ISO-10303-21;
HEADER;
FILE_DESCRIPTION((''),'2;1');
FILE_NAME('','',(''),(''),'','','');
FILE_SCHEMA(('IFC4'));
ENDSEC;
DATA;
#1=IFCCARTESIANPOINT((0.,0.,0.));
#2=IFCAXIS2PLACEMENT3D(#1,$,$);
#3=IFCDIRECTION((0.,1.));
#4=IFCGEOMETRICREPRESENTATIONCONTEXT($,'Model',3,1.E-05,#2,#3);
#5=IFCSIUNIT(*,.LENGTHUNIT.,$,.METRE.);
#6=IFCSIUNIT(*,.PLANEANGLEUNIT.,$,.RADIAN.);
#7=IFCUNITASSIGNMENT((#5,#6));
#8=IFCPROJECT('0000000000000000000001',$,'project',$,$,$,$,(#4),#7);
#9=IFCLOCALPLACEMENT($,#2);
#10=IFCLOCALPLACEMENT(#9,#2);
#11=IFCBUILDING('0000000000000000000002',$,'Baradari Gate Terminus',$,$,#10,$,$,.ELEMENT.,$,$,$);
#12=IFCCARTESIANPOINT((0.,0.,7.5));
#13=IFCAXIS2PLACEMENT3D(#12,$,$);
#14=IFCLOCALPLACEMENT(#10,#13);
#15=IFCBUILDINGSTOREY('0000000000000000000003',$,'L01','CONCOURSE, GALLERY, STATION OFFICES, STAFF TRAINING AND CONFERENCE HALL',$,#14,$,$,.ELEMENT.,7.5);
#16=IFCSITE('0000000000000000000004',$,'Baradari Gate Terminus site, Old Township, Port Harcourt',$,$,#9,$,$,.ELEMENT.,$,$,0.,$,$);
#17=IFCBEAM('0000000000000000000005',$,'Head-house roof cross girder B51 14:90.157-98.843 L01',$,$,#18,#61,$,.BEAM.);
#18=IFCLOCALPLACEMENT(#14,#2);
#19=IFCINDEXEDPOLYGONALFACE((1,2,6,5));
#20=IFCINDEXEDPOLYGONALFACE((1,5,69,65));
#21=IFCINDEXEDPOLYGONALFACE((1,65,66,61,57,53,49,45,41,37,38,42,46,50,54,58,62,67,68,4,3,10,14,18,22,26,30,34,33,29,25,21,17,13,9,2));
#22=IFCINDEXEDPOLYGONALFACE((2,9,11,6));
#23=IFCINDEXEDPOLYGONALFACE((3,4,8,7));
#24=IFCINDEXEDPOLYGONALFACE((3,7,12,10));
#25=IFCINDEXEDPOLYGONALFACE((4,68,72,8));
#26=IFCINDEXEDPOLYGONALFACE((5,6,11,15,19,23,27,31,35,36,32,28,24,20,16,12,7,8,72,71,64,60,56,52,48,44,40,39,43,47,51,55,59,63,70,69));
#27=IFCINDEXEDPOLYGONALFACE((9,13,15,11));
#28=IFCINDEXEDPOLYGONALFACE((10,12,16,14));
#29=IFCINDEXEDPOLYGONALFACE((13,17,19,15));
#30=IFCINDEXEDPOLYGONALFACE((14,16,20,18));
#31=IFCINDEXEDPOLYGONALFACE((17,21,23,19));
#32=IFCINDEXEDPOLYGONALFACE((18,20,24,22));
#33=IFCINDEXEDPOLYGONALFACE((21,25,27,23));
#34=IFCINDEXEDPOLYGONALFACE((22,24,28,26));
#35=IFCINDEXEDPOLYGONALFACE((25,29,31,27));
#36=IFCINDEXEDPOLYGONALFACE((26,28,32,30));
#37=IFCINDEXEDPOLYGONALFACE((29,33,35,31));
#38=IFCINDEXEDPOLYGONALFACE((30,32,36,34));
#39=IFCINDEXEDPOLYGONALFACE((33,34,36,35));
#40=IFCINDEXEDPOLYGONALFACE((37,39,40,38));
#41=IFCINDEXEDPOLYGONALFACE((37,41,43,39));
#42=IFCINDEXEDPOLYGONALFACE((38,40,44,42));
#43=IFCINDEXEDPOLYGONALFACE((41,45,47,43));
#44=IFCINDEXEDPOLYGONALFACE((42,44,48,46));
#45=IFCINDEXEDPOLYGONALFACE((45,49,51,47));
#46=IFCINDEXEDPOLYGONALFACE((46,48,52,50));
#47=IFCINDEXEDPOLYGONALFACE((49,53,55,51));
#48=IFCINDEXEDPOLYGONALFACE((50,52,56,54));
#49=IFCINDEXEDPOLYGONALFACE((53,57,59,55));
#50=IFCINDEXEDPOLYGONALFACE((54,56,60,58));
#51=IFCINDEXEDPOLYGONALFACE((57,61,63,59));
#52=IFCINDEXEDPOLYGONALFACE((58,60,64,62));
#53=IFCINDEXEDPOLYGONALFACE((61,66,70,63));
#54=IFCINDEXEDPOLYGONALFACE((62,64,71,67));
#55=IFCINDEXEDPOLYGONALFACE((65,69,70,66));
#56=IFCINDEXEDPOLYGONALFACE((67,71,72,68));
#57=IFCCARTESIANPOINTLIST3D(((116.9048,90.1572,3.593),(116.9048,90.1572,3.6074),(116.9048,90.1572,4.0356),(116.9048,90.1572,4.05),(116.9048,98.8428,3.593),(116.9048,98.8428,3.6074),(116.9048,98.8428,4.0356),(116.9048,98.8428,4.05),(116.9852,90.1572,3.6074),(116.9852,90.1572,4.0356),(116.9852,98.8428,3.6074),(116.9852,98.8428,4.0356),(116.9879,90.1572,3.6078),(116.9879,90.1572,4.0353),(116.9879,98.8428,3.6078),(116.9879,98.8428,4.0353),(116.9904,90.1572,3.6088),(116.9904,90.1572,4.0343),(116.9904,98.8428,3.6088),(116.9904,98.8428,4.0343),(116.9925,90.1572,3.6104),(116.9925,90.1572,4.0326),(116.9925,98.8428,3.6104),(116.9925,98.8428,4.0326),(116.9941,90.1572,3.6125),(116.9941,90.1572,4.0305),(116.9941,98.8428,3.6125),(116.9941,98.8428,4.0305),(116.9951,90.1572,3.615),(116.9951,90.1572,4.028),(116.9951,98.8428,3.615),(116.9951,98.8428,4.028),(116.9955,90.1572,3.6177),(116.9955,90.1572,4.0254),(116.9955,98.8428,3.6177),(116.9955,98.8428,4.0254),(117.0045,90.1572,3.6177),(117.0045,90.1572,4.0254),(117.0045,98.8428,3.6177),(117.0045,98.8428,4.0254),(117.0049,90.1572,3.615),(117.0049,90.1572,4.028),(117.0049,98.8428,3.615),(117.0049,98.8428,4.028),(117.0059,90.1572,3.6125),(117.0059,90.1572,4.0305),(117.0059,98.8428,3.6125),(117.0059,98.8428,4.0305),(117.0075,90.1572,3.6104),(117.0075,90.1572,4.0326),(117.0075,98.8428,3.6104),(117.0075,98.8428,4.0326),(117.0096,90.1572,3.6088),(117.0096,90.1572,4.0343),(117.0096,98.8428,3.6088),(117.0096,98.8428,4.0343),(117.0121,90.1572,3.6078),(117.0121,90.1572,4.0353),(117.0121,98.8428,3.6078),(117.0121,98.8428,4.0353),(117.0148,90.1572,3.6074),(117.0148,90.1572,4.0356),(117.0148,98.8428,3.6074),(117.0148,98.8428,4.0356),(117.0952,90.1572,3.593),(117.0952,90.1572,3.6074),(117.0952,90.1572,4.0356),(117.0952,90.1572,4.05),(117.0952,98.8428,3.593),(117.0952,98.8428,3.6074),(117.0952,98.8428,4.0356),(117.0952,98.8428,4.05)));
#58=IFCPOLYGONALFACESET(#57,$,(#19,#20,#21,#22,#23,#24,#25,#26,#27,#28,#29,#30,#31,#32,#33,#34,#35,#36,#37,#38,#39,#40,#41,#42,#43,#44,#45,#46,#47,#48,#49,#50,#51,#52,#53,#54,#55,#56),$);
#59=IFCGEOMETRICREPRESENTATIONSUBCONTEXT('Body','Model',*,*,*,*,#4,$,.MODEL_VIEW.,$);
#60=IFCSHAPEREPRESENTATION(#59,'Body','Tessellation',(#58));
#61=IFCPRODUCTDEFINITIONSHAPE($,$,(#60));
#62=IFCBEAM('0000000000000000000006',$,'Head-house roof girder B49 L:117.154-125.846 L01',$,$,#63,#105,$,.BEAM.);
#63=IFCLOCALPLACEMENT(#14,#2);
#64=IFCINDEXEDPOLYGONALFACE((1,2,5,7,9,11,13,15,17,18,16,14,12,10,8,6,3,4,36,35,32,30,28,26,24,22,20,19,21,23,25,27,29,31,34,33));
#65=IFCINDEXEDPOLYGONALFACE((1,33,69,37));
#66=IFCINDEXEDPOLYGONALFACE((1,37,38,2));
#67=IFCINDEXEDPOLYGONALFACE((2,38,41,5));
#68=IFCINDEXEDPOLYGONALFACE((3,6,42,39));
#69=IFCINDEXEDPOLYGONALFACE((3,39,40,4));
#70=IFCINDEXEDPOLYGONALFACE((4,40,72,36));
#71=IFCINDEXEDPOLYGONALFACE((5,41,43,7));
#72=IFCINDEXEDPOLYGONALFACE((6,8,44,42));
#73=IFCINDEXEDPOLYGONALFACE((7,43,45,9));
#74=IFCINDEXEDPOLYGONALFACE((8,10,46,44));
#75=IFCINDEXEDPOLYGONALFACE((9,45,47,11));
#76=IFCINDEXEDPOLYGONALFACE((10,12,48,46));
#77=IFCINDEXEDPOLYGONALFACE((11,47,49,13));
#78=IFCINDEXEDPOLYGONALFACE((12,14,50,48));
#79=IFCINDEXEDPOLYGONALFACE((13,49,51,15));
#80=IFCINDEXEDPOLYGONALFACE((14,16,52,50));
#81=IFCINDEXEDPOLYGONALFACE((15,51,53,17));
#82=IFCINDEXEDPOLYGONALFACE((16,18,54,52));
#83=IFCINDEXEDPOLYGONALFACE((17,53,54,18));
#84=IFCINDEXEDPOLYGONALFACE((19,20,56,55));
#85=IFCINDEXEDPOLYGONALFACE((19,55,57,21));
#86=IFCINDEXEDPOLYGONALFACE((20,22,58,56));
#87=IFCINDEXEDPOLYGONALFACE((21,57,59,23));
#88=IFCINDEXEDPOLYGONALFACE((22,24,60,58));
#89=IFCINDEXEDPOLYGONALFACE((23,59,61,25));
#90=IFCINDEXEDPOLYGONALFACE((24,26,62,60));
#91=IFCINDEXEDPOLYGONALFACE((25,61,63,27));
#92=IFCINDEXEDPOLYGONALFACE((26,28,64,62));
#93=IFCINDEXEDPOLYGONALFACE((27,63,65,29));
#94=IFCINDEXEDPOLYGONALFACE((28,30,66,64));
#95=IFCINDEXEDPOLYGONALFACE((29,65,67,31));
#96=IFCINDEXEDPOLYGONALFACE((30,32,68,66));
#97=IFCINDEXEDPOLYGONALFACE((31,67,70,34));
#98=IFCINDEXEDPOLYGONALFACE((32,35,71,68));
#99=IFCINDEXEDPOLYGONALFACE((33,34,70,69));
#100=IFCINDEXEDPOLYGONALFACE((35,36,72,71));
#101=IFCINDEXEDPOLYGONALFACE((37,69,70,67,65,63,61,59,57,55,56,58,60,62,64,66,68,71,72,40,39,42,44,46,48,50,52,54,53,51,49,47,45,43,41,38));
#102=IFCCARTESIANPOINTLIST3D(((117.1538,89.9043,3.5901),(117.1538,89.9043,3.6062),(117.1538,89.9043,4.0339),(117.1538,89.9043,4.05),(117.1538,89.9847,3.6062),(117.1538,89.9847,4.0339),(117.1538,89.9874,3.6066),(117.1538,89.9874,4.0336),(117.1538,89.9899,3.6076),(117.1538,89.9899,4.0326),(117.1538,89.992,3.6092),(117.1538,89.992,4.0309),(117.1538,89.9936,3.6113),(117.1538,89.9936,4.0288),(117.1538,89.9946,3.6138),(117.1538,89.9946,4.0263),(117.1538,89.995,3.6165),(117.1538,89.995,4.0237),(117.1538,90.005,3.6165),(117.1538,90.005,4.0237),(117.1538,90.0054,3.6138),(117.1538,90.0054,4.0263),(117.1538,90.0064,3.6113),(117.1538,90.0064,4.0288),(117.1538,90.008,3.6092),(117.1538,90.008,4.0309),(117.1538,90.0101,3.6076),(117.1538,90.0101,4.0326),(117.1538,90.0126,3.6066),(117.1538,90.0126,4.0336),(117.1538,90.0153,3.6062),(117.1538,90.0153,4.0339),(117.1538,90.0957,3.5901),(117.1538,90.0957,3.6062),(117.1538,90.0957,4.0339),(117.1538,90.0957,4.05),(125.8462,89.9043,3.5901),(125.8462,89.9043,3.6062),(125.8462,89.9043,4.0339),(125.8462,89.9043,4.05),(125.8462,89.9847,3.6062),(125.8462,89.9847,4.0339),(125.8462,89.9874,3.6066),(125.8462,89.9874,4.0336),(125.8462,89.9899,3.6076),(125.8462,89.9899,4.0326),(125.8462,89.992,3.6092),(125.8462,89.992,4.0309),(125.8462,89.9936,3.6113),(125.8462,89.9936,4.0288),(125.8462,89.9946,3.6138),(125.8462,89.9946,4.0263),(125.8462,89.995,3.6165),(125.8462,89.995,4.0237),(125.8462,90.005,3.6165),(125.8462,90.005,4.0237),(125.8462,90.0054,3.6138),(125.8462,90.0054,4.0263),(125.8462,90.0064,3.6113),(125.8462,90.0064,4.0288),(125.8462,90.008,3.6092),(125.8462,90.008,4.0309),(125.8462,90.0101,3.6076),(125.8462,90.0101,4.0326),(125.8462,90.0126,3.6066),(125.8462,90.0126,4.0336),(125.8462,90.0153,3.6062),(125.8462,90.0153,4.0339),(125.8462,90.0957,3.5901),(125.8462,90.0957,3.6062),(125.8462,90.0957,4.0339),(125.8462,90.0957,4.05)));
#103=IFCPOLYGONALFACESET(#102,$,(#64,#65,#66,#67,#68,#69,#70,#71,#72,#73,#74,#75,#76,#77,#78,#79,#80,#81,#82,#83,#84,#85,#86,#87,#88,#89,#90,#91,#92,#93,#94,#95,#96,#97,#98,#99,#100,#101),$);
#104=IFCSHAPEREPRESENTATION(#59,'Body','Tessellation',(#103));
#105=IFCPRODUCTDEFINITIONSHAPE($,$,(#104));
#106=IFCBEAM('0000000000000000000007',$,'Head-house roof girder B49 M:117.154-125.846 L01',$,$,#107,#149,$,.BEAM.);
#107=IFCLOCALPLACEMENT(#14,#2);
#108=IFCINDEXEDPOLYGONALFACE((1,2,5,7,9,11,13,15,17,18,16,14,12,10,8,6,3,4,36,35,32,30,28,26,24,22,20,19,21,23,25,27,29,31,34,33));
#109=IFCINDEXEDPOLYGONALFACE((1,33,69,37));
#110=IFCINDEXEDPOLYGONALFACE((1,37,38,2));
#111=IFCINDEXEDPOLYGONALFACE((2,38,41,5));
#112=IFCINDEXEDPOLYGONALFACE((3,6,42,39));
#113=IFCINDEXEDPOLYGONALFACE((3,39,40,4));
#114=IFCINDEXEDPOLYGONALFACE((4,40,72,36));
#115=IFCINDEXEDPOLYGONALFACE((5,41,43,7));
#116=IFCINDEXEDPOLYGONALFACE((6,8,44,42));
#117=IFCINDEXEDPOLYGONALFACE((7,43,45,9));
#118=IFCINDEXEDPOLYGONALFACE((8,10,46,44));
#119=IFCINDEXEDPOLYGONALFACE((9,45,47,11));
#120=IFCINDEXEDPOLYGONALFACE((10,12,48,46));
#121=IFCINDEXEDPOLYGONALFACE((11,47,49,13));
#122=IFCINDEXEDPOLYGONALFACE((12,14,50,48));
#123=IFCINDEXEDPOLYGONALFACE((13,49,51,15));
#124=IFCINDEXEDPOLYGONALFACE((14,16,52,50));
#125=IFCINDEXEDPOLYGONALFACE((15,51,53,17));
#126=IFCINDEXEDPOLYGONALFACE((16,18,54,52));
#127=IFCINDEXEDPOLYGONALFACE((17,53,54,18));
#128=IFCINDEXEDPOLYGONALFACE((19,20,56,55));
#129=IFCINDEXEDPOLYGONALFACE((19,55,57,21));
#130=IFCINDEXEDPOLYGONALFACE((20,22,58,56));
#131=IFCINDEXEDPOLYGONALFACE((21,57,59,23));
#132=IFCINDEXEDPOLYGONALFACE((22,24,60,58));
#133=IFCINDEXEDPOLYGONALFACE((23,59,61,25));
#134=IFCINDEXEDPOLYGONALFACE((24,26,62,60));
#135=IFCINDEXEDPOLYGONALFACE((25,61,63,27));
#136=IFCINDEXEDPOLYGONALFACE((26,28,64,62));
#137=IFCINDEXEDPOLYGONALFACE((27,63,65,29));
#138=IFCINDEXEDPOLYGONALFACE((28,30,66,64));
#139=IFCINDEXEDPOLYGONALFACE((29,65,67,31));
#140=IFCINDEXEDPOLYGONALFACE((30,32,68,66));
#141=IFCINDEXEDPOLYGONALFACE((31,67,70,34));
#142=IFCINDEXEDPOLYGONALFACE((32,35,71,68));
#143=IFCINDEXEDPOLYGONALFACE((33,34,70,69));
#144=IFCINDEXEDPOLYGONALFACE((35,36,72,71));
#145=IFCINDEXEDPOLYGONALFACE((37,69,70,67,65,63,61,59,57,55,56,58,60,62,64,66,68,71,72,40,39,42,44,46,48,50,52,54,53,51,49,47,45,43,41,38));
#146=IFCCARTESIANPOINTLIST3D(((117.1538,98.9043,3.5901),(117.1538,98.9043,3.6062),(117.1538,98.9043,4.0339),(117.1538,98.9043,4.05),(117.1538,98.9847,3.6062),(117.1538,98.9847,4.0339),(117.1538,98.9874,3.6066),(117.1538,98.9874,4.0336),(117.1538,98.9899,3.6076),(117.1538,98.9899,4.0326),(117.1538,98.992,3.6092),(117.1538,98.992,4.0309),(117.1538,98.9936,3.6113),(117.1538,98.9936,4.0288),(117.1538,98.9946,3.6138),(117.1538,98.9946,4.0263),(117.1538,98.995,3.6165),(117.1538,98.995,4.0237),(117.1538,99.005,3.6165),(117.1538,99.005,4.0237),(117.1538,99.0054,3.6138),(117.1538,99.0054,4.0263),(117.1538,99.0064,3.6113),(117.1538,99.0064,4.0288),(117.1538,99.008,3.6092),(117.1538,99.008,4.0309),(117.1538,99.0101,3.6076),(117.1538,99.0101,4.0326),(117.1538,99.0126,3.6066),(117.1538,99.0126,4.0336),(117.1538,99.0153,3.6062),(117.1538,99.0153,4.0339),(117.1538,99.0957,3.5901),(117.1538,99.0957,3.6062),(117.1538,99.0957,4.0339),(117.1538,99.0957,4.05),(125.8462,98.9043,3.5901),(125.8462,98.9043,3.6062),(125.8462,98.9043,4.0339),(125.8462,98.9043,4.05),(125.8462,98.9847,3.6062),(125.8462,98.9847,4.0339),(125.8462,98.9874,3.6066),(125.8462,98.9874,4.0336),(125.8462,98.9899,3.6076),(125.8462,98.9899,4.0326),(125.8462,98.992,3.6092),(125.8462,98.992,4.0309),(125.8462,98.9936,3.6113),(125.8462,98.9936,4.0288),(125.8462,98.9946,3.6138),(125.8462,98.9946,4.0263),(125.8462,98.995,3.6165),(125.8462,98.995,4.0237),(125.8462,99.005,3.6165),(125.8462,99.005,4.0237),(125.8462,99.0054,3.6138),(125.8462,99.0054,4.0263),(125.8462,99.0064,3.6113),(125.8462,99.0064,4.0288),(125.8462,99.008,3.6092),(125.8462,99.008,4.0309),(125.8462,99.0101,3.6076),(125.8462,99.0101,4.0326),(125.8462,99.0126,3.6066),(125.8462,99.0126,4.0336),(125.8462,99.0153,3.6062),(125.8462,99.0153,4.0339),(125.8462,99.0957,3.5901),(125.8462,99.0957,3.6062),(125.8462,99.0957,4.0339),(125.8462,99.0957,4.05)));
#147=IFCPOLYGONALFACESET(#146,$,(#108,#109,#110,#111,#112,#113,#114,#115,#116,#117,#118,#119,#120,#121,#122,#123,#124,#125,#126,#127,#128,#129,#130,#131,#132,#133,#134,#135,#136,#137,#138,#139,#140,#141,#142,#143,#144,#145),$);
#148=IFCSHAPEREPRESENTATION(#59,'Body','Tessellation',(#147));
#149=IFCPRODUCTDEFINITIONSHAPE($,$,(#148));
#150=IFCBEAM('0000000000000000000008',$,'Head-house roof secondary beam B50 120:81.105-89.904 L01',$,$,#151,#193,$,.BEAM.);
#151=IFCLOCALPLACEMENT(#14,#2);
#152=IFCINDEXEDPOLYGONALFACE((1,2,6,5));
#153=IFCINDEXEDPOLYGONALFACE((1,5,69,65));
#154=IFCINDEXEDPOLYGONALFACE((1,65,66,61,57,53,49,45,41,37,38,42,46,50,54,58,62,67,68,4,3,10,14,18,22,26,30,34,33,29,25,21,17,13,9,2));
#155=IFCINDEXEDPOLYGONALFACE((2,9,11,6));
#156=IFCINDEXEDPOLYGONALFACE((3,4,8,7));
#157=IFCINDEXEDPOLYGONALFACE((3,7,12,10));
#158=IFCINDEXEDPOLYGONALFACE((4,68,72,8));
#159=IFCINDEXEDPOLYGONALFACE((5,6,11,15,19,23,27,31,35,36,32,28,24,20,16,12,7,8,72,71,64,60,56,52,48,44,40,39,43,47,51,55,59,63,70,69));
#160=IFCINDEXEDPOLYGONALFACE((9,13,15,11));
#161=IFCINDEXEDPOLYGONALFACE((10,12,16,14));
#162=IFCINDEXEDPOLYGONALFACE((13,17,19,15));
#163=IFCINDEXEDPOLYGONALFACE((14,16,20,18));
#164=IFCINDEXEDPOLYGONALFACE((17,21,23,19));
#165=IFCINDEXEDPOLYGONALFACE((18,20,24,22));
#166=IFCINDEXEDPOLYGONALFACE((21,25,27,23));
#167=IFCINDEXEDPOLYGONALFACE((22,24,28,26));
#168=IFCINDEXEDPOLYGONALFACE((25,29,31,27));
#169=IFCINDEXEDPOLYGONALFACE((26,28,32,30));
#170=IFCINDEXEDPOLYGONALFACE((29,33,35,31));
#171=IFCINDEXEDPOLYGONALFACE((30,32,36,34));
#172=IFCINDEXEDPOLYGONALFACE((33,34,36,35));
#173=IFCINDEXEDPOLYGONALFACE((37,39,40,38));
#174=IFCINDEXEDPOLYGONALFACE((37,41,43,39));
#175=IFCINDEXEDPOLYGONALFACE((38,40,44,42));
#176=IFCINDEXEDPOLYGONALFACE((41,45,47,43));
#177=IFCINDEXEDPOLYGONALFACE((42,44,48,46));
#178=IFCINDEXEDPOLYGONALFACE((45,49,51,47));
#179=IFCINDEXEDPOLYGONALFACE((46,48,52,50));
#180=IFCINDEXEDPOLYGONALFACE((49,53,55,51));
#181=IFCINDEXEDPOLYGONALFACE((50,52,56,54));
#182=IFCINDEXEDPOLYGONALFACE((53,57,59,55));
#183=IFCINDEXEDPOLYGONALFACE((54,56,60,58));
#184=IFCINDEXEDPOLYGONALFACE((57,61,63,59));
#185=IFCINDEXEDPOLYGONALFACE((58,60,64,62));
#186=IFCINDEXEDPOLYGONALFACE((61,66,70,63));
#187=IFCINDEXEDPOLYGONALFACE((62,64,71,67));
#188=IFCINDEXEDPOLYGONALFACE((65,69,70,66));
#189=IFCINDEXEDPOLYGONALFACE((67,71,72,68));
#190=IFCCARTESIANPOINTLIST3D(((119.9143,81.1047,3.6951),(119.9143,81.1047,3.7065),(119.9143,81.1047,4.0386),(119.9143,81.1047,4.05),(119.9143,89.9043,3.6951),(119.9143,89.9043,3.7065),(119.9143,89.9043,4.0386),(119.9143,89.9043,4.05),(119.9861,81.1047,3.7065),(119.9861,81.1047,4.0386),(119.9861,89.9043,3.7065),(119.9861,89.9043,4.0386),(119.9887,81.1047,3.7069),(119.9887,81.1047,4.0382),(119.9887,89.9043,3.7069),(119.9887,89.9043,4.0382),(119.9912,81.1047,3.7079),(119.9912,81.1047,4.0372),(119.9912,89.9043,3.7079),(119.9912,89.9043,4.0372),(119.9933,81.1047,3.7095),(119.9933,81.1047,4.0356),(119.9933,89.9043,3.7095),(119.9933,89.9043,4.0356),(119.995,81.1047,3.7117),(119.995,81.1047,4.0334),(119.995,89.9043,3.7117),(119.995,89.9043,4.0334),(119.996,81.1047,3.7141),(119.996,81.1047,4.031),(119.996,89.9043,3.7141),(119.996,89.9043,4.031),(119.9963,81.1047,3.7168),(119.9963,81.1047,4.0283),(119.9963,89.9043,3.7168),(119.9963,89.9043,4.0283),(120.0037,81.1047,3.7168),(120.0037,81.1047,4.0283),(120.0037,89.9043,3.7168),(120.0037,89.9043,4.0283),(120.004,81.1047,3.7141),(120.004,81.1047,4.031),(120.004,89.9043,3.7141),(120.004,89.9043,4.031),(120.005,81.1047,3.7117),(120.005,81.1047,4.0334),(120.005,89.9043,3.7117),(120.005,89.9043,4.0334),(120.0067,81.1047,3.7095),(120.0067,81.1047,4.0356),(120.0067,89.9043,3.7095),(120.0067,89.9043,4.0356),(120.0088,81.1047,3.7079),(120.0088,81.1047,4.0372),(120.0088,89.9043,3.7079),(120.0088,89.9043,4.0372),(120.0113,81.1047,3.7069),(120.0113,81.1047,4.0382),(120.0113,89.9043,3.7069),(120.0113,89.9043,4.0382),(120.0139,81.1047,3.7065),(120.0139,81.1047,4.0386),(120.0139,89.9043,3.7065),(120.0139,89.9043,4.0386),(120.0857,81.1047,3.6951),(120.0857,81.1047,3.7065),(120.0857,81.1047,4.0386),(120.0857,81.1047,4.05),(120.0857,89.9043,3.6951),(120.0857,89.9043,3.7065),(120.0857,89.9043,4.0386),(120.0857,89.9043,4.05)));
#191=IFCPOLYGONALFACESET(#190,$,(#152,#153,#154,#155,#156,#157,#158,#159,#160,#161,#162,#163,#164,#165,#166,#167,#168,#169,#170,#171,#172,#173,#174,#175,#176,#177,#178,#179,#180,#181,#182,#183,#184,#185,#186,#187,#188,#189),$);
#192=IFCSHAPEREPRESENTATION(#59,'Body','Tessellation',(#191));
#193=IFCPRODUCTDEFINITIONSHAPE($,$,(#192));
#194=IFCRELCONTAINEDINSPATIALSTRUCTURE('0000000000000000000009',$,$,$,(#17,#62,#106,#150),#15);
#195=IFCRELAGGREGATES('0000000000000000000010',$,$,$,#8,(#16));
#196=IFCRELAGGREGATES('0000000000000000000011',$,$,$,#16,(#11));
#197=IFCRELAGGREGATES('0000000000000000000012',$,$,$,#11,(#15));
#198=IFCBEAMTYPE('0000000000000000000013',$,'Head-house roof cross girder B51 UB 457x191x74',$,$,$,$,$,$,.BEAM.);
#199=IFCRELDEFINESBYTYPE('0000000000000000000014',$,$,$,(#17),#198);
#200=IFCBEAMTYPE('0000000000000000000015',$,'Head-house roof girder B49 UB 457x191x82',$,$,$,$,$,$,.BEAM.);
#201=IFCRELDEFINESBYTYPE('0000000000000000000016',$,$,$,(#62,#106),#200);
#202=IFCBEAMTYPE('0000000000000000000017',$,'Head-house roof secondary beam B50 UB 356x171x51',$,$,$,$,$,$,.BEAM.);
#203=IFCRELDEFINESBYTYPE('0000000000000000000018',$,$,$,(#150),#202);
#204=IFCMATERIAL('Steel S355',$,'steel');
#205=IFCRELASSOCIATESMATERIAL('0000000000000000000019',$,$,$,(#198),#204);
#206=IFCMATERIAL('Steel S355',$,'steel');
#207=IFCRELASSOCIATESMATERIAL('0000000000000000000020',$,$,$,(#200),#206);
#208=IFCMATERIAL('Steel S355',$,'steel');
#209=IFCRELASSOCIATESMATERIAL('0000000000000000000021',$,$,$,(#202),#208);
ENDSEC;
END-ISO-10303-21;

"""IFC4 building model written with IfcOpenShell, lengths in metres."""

from ifc_helpers import new_model, si_unit, direction, frame, origin, origin_2d, place, context, subcontext, project, spatial, i_section, extrude, material, material_profile, profile_set, type_object, element, save


model = new_model("IFC4")

# Units and contexts
model_context = context("Model", 3, precision=1e-05, world=origin(), true_north=direction((0.0, 1.0)))
body_context = subcontext(model_context, "Body", "Model", "MODEL_VIEW")
ifc_project = project(units=[si_unit("LENGTHUNIT", "METRE"), si_unit("PLANEANGLEUNIT", "RADIAN")], contexts=[model_context])

# Site, building, storey
site_placement = place(None, origin())
site = spatial("IfcSite", under=ifc_project, at=site_placement, Name="Baradari Gate Terminus site, Old Township, Port Harcourt", CompositionType="ELEMENT", RefElevation=0.0)
building_placement = place(site_placement, origin())
building = spatial("IfcBuilding", under=site, at=building_placement, Name="Baradari Gate Terminus", CompositionType="ELEMENT")
storey_placement = place(building_placement, frame((0.0, 0.0, 7.5)))
storey = spatial("IfcBuildingStorey", under=building, at=storey_placement, Name="L01", Description="CONCOURSE, GALLERY, STATION OFFICES, STAFF TRAINING AND CONFERENCE HALL", CompositionType="ELEMENT", Elevation=7.5)

# Beams
ifc_material_1 = material(Name="Steel S355", Category="steel")
ifc_material_profile_1 = material_profile(ifc_material_1, i_section(OverallWidth=0.1904, OverallDepth=0.457, WebThickness=0.009, FlangeThickness=0.0144, FilletRadius=0.0103, at=origin_2d()), Name="UB 457x191x74")
ifc_profile_set_1 = profile_set([ifc_material_profile_1], Name="Steel S355")
beam_type_1 = type_object("IfcBeamType", Name="Head-house roof cross girder B51 UB 457x191x74", PredefinedType="BEAM", material=ifc_profile_set_1)
beam_1_placement = place(storey_placement, frame((117.0, 90.1572, 3.8215), z_axis=(0.0, 1.0, 0.0), x_axis=(-1.0, 0.0, 0.0)))
element("IfcBeam", 1, at=beam_1_placement, inside=storey, type_object=beam_type_1, Name="Head-house roof cross girder B51 14:90.157-98.843 L01", PredefinedType="BEAM", context=body_context, shape_type="SweptSolid", body=[
    extrude(i_section(OverallWidth=0.1904, OverallDepth=0.457, WebThickness=0.009, FlangeThickness=0.0144, FilletRadius=0.0103, at=origin_2d()), origin(), (0.0, 0.0, 1.0), 8.6855),
])
ifc_material_2 = material(Name="Steel S355", Category="steel")
ifc_material_profile_2 = material_profile(ifc_material_2, i_section(OverallWidth=0.1914, OverallDepth=0.46, WebThickness=0.01, FlangeThickness=0.0161, FilletRadius=0.0103, at=origin_2d()), Name="UB 457x191x82")
ifc_profile_set_2 = profile_set([ifc_material_profile_2], Name="Steel S355")
beam_type_2 = type_object("IfcBeamType", Name="Head-house roof girder B49 UB 457x191x82", PredefinedType="BEAM", material=ifc_profile_set_2)
for number, where, z_axis, x_axis, name in (
    (2, (117.1538, 90.0, 3.8201), (1.0, 0.0, 0.0), (0.0, 1.0, 0.0), "Head-house roof girder B49 L:117.154-125.846 L01"),
    (3, (117.1538, 99.0, 3.8201), (1.0, 0.0, 0.0), (0.0, 1.0, 0.0), "Head-house roof girder B49 M:117.154-125.846 L01"),
):
    element("IfcBeam", number, at=place(storey_placement, frame(where, z_axis=z_axis, x_axis=x_axis)), inside=storey, type_object=beam_type_2, Name=name, PredefinedType="BEAM", context=body_context, shape_type="SweptSolid", body=[
        extrude(i_section(OverallWidth=0.1914, OverallDepth=0.46, WebThickness=0.01, FlangeThickness=0.0161, FilletRadius=0.0103, at=origin_2d()), origin(), (0.0, 0.0, 1.0), 8.6924),
    ])
ifc_material_3 = material(Name="Steel S355", Category="steel")
ifc_material_profile_3 = material_profile(ifc_material_3, i_section(OverallWidth=0.1714, OverallDepth=0.355, WebThickness=0.0073, FlangeThickness=0.0115, FilletRadius=0.0103, at=origin_2d()), Name="UB 356x171x51")
ifc_profile_set_3 = profile_set([ifc_material_profile_3], Name="Steel S355")
beam_type_3 = type_object("IfcBeamType", Name="Head-house roof secondary beam B50 UB 356x171x51", PredefinedType="BEAM", material=ifc_profile_set_3)
beam_2_placement = place(storey_placement, frame((120.0, 81.1047, 3.8726), z_axis=(0.0, 1.0, 0.0), x_axis=(-1.0, 0.0, 0.0)))
element("IfcBeam", 4, at=beam_2_placement, inside=storey, type_object=beam_type_3, Name="Head-house roof secondary beam B50 120:81.105-89.904 L01", PredefinedType="BEAM", context=body_context, shape_type="SweptSolid", body=[
    extrude(i_section(OverallWidth=0.1714, OverallDepth=0.355, WebThickness=0.0073, FlangeThickness=0.0115, FilletRadius=0.0103, at=origin_2d()), origin(), (0.0, 0.0, 1.0), 8.7996),
])

save(model, "model.ifc")
